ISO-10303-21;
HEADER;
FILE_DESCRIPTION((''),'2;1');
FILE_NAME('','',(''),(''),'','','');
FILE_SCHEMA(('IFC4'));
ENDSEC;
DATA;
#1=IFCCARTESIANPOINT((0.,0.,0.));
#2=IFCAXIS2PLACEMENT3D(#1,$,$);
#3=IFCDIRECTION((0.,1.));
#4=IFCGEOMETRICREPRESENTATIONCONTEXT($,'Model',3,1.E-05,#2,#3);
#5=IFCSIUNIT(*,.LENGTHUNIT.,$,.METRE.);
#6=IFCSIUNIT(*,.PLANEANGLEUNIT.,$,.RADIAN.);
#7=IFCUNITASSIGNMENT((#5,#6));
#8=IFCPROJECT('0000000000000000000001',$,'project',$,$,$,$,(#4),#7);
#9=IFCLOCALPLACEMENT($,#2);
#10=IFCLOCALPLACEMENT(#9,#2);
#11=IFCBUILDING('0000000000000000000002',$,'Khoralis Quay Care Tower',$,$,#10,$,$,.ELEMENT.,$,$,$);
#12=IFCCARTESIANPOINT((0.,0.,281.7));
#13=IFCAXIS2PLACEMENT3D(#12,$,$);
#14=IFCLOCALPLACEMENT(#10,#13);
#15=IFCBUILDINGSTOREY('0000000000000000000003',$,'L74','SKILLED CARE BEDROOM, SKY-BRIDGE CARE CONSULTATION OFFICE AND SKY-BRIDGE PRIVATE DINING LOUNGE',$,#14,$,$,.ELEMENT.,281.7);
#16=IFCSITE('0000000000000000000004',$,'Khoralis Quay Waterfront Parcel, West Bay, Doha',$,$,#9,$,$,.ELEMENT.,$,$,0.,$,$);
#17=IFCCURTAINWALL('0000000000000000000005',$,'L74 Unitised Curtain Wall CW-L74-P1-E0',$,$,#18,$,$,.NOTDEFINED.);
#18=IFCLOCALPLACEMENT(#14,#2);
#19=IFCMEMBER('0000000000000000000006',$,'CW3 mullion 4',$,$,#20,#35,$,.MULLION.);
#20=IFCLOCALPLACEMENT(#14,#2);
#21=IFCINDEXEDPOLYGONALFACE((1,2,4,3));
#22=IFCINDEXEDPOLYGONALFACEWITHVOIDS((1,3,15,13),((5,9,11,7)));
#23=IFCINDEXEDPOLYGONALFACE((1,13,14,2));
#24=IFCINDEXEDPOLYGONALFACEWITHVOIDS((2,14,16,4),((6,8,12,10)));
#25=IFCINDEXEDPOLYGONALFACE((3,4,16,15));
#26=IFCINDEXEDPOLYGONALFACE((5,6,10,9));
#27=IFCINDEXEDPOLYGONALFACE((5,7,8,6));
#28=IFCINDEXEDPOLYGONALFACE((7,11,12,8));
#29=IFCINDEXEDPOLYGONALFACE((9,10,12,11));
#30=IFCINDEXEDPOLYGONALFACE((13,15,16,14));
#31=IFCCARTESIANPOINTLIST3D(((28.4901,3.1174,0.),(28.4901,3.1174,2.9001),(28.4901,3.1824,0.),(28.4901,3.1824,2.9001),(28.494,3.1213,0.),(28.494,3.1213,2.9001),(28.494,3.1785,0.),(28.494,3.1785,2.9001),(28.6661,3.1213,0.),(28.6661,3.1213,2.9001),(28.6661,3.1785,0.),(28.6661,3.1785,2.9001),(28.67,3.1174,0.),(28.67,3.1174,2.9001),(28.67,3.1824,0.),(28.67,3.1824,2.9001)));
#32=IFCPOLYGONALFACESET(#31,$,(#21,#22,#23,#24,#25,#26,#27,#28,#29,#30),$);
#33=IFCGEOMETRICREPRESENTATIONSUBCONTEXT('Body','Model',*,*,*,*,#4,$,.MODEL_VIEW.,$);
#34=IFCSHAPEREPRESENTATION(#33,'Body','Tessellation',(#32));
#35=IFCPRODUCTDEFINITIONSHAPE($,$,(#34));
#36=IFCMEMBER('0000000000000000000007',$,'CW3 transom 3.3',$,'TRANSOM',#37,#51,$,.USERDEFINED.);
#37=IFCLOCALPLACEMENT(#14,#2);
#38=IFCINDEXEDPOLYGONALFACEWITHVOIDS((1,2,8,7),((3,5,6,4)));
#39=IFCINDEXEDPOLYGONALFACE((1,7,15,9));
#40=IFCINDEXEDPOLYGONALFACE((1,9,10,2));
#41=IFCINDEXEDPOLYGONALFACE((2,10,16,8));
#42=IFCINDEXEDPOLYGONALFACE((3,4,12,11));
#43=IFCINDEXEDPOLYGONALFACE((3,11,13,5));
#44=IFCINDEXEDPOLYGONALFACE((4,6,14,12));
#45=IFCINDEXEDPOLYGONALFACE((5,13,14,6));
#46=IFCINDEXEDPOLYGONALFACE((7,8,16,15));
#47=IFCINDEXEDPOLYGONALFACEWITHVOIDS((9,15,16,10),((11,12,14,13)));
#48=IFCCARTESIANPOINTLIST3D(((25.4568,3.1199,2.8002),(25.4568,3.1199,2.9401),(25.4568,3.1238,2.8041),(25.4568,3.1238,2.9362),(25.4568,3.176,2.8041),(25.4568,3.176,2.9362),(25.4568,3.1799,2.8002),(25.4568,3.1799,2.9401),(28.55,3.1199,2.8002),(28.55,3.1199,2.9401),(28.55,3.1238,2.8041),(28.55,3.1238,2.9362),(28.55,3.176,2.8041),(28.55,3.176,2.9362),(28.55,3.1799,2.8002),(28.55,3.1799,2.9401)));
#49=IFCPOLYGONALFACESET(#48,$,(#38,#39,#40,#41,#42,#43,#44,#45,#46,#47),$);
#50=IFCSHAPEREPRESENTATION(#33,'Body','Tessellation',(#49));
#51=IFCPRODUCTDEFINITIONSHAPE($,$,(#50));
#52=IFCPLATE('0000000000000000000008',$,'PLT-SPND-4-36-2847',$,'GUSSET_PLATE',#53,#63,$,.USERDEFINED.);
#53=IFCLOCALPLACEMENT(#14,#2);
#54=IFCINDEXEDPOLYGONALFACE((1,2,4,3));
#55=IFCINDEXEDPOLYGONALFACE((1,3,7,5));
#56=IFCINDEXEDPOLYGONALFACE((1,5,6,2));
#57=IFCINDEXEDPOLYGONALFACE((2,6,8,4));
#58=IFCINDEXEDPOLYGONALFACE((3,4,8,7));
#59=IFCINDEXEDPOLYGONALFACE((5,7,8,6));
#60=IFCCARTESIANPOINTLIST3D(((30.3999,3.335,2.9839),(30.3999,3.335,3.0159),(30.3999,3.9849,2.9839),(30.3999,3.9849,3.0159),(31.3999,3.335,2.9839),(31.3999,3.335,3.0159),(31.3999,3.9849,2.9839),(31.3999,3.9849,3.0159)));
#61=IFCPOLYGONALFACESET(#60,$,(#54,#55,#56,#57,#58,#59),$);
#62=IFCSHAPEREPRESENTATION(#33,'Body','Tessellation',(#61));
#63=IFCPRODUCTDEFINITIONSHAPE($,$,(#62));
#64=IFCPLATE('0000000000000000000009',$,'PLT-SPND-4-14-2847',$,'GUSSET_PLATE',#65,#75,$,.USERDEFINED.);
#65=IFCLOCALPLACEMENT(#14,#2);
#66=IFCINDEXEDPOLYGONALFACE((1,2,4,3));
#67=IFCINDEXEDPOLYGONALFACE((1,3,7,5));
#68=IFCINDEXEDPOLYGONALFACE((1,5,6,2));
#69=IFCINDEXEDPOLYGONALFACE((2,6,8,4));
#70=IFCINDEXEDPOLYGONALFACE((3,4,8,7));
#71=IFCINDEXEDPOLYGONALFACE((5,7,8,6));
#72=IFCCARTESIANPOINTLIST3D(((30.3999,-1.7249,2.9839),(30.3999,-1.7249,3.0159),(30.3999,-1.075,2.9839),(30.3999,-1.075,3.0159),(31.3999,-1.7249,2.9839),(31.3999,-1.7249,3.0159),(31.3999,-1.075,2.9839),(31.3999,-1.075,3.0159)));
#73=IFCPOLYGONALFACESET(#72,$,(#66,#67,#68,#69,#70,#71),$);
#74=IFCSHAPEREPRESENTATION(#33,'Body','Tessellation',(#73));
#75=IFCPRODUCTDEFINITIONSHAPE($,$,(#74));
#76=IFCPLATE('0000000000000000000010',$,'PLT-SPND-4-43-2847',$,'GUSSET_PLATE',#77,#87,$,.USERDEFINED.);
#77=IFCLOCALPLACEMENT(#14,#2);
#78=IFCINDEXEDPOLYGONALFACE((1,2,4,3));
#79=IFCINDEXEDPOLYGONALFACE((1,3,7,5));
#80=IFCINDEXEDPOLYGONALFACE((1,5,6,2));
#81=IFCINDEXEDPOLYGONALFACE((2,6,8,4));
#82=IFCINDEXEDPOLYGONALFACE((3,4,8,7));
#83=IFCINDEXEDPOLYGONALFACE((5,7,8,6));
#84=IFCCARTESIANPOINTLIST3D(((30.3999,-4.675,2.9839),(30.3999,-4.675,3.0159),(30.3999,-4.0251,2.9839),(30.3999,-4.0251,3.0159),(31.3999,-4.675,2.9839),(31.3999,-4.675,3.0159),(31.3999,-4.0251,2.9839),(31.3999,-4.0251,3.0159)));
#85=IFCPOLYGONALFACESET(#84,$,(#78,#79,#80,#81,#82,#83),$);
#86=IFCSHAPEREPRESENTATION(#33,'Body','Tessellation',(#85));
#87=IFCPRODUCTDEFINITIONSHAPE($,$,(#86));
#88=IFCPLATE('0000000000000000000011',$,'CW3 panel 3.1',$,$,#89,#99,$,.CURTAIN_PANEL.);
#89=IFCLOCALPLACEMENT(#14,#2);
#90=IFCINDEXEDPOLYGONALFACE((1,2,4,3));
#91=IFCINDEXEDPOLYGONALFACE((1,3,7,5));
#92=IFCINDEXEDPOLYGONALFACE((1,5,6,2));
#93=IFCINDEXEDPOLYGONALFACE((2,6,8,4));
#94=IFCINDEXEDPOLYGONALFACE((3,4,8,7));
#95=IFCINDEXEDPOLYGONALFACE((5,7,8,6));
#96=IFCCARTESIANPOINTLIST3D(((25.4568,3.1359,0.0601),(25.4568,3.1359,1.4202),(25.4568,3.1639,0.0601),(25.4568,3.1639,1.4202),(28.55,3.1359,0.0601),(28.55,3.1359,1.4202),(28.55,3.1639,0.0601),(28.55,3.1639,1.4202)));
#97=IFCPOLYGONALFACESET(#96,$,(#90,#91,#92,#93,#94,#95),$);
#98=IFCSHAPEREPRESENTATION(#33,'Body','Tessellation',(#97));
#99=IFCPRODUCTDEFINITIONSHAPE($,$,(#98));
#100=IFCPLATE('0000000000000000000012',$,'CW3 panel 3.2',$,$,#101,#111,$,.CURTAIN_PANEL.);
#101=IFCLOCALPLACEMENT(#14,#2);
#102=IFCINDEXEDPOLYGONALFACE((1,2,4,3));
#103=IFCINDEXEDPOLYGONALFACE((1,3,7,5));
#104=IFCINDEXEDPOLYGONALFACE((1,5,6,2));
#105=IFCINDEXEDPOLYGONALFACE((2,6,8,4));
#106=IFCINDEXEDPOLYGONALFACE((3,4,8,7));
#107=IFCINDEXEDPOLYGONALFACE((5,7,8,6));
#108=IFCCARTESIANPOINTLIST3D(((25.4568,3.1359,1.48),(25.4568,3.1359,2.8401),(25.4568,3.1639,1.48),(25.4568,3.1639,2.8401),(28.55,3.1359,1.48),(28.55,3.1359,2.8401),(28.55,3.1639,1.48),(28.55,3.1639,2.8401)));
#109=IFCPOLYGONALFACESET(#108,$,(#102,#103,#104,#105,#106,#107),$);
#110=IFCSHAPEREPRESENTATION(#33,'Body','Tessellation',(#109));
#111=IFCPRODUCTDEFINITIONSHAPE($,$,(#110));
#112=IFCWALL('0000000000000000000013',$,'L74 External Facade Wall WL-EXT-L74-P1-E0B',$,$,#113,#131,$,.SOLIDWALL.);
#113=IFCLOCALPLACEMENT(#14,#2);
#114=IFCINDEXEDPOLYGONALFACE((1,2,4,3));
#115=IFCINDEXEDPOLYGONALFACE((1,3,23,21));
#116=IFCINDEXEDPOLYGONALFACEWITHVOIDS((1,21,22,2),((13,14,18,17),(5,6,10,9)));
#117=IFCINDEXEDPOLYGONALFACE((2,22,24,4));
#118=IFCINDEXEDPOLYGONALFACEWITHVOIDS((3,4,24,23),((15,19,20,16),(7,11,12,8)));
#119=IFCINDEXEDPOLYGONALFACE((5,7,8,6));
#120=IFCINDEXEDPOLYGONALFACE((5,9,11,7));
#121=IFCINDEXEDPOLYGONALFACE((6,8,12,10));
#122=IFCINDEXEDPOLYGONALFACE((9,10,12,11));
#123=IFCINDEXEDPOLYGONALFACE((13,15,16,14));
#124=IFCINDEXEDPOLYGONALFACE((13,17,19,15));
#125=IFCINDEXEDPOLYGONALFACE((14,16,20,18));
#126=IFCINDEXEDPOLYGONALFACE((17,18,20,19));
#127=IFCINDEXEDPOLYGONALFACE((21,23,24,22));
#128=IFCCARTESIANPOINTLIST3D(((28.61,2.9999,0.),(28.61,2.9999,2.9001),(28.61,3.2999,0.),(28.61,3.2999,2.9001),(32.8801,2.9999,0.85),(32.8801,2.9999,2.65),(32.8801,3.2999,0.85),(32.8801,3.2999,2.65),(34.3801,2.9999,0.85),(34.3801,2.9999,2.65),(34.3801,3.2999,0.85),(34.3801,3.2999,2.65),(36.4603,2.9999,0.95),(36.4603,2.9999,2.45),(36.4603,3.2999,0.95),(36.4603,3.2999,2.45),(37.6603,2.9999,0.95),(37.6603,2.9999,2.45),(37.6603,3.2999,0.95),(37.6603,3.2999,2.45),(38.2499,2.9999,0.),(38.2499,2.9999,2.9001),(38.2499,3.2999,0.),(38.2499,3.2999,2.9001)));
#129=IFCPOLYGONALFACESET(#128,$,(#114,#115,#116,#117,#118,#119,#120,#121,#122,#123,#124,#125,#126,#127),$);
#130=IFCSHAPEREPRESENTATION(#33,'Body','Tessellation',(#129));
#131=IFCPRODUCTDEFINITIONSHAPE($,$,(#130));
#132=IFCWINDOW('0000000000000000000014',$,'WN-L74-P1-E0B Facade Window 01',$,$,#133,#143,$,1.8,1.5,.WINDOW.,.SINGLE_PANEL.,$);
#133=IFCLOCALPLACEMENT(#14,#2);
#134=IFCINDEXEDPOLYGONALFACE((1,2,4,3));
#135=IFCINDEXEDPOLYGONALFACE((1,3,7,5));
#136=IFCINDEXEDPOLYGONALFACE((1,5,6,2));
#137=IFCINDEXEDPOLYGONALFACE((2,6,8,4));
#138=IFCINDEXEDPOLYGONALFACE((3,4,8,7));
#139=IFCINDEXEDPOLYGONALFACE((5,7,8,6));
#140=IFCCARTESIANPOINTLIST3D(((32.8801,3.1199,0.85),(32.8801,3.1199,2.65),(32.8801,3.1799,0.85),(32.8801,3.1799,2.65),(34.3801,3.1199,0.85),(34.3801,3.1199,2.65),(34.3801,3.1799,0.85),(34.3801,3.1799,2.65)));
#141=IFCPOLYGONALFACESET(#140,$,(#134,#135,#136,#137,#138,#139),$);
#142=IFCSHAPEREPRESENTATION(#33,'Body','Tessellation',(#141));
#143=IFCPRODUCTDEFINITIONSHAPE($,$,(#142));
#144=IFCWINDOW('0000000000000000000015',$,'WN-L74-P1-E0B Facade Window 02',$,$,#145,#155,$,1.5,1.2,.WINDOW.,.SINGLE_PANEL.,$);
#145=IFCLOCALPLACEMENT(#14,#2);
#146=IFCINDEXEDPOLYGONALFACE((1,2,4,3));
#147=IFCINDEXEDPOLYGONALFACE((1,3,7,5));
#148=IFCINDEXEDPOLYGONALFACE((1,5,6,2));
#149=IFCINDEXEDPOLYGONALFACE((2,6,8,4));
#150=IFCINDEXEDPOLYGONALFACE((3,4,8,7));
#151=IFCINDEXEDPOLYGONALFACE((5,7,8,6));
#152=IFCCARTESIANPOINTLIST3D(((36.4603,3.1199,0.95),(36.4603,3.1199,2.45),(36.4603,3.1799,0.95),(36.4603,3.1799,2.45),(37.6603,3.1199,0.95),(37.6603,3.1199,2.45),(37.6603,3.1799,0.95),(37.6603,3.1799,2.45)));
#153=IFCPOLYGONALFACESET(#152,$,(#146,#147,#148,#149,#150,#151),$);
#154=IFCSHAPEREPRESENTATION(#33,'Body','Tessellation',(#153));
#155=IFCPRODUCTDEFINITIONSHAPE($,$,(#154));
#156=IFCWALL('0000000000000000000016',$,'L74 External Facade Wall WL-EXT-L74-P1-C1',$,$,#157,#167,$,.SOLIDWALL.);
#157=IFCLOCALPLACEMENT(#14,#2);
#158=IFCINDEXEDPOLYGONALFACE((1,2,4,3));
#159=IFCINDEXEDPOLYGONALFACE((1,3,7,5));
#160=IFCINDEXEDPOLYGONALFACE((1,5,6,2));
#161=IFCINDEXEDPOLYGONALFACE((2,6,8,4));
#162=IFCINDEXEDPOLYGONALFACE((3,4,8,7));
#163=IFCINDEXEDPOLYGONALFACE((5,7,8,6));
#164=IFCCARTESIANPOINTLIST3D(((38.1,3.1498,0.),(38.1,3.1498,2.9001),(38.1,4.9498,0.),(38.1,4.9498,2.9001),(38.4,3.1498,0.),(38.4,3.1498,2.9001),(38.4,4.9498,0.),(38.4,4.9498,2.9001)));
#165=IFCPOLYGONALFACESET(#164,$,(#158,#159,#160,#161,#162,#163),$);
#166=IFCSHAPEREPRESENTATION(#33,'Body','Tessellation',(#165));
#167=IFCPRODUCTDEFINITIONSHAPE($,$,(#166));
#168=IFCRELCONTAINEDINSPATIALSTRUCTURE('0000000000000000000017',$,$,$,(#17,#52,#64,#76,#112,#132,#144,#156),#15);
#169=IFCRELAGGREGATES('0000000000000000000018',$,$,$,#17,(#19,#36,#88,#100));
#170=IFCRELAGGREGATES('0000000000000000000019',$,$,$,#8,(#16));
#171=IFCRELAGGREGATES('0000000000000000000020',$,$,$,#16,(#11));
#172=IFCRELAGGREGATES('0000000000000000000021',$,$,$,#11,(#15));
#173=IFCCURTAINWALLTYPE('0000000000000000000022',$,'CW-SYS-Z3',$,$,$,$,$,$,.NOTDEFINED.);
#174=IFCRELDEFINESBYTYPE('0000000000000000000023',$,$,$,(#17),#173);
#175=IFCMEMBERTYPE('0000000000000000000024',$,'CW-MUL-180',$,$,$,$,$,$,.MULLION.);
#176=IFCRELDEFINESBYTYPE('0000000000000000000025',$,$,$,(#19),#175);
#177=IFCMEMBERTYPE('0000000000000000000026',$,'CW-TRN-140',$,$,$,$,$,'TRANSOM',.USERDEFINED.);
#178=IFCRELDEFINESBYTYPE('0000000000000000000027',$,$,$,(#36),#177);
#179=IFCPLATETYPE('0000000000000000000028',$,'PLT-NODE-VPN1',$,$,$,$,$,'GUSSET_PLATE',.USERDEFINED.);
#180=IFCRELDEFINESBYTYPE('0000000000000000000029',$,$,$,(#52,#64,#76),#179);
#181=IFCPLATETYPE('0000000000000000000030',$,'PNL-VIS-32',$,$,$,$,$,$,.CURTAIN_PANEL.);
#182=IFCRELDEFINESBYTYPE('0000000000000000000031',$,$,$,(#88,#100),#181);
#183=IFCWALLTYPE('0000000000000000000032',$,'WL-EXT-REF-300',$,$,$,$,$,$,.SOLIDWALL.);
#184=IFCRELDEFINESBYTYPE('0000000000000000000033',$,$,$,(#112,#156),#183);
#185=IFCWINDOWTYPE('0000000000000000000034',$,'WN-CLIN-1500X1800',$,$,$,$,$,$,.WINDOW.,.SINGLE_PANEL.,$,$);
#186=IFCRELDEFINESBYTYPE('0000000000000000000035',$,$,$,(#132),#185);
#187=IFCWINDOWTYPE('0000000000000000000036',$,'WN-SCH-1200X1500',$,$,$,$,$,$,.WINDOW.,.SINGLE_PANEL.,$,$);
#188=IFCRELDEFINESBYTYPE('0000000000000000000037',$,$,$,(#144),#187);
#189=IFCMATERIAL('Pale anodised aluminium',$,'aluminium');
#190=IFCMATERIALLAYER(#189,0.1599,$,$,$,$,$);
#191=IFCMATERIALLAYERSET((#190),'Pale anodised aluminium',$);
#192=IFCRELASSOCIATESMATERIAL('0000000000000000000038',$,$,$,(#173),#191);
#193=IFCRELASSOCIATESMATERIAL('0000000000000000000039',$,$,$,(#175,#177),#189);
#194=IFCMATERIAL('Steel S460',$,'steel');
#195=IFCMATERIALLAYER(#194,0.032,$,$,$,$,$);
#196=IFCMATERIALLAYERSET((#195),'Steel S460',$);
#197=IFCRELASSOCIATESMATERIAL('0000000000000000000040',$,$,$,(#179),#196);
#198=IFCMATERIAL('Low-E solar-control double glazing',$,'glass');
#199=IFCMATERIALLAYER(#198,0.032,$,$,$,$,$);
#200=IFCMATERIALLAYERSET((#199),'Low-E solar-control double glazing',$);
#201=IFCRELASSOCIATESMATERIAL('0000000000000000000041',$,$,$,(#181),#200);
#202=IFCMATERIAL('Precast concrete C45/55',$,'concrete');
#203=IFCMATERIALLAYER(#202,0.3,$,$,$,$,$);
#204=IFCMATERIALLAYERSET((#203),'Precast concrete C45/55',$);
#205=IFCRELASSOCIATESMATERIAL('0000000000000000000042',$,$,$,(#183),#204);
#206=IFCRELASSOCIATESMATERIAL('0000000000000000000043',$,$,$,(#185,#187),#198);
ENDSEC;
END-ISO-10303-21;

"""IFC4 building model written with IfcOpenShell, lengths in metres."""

from ifc_helpers import new_model, si_unit, direction, frame, frame_2d, origin, origin_2d, place, context, subcontext, project, spatial, rectangle, hollow_rectangle, extrude, source, transform, mapped, material, layer, layer_set, material_profile, profile_set, type_object, element, fill, aggregate, save


model = new_model("IFC4")

# Units and contexts
model_context = context("Model", 3, precision=1e-05, world=origin(), true_north=direction((0.0, 1.0)))
body_context = subcontext(model_context, "Body", "Model", "MODEL_VIEW")
ifc_project = project(units=[si_unit("LENGTHUNIT", "METRE"), si_unit("PLANEANGLEUNIT", "RADIAN")], contexts=[model_context])

# Site, building, storey
site_placement = place(None, origin())
site = spatial("IfcSite", under=ifc_project, at=site_placement, Name="Khoralis Quay Waterfront Parcel, West Bay, Doha", CompositionType="ELEMENT", RefElevation=0.0)
building_placement = place(site_placement, origin())
building = spatial("IfcBuilding", under=site, at=building_placement, Name="Khoralis Quay Care Tower", CompositionType="ELEMENT")
storey_placement = place(building_placement, frame((0.0, 0.0, 281.7)))
storey = spatial("IfcBuildingStorey", under=building, at=storey_placement, Name="L74", Description="SKILLED CARE BEDROOM, SKY-BRIDGE CARE CONSULTATION OFFICE AND SKY-BRIDGE PRIVATE DINING LOUNGE", CompositionType="ELEMENT", Elevation=281.7)

# Shared definitions
ifc_material_1 = material(Name="Steel S460", Category="steel")

# Curtain wall, members
ifc_material_2 = material(Name="Pale anodised aluminium", Category="aluminium")
ifc_layer_1 = layer(ifc_material_2, 0.1599)
ifc_layer_set_1 = layer_set([ifc_layer_1], Name="Pale anodised aluminium")
curtain_wall_type = type_object("IfcCurtainWallType", Name="CW-SYS-Z3", PredefinedType="NOTDEFINED", material=ifc_layer_set_1)
curtain_wall_placement = place(storey_placement, origin())
curtain_wall = element("IfcCurtainWall", 1, at=curtain_wall_placement, inside=storey, type_object=curtain_wall_type, Name="L74 Unitised Curtain Wall CW-L74-P1-E0", PredefinedType="NOTDEFINED")
ifc_material_profile_1 = material_profile(ifc_material_2, hollow_rectangle(XDim=0.0649, YDim=0.1799, WallThickness=0.0039, at=origin_2d()), Name="Pale anodised aluminium")
ifc_profile_set_1 = profile_set([ifc_material_profile_1], Name="Pale anodised aluminium")
member_type_1 = type_object("IfcMemberType", Name="CW-MUL-180", PredefinedType="MULLION", material=ifc_profile_set_1)
shared_shape_1 = source(origin(), body_context, "Body", "SweptSolid", [
    extrude(hollow_rectangle(XDim=0.0649, YDim=0.1799, WallThickness=0.0039, at=origin_2d()), origin(), (0.0, 0.0, 1.0), 2.9001),
])
member_1_placement = place(storey_placement, frame((28.5801, 3.1499, 0.0), z_axis=(0.0, 0.0, 1.0), x_axis=(0.0, 1.0, 0.0)))
member_1 = element("IfcMember", 2, at=member_1_placement, type_object=member_type_1, Name="CW3 mullion 4", PredefinedType="MULLION", context=body_context, shape_type="MappedRepresentation", body=[
    mapped(shared_shape_1, transform((0.0, 0.0, 0.0), scale=1.0)),
])
ifc_material_profile_2 = material_profile(ifc_material_2, hollow_rectangle(XDim=0.0601, YDim=0.1399, WallThickness=0.0039, at=origin_2d()), Name="Pale anodised aluminium")
ifc_profile_set_2 = profile_set([ifc_material_profile_2], Name="Pale anodised aluminium")
member_type_2 = type_object("IfcMemberType", Name="CW-TRN-140", ElementType="TRANSOM", PredefinedType="USERDEFINED", material=ifc_profile_set_2)
shared_shape_2 = source(origin(), body_context, "Body", "SweptSolid", [
    extrude(hollow_rectangle(XDim=0.0601, YDim=0.1399, WallThickness=0.0039, at=origin_2d()), origin(), (0.0, 0.0, 1.0), 3.0933),
])
member_2_placement = place(storey_placement, frame((25.4568, 3.1499, 2.8701), z_axis=(1.0, 0.0, 0.0), x_axis=(0.0, 1.0, 0.0)))
member_2 = element("IfcMember", 3, at=member_2_placement, type_object=member_type_2, Name="CW3 transom 3.3", ObjectType="TRANSOM", PredefinedType="USERDEFINED", context=body_context, shape_type="MappedRepresentation", body=[
    mapped(shared_shape_2, transform((0.0, 0.0, 0.0), scale=1.0)),
])

# Plates
ifc_layer_2 = layer(ifc_material_1, 0.032)
ifc_layer_set_2 = layer_set([ifc_layer_2], Name="Steel S460")
plate_type_1 = type_object("IfcPlateType", Name="PLT-NODE-VPN1", ElementType="GUSSET_PLATE", PredefinedType="USERDEFINED", material=ifc_layer_set_2)
shared_shape_3 = source(origin(), body_context, "Body", "SweptSolid", [
    extrude(rectangle(XDim=1.0, YDim=0.6499, at=origin_2d()), origin(), (0.0, 0.0, 1.0), 0.032),
])
for number, where, z_axis, x_axis, name in (
    (4, (30.8999, 3.6599, 2.9839), (0.0, 0.0, 1.0), (1.0, 0.0, 0.0), "PLT-SPND-4-36-2847"),
    (5, (30.8999, -1.3999, 2.9839), (0.0, 0.0, 1.0), (1.0, 0.0, 0.0), "PLT-SPND-4-14-2847"),
    (6, (30.8999, -4.3501, 2.9839), (0.0, 0.0, 1.0), (1.0, 0.0, 0.0), "PLT-SPND-4-43-2847"),
):
    element("IfcPlate", number, at=place(storey_placement, frame(where, z_axis=z_axis, x_axis=x_axis)), inside=storey, type_object=plate_type_1, Name=name, ObjectType="GUSSET_PLATE", PredefinedType="USERDEFINED", context=body_context, shape_type="MappedRepresentation", body=[
        mapped(shared_shape_3, transform((0.0, 0.0, 0.0), scale=1.0)),
    ])

# Plates
ifc_material_3 = material(Name="Low-E solar-control double glazing", Category="glass")
ifc_layer_3 = layer(ifc_material_3, 0.032)
ifc_layer_set_3 = layer_set([ifc_layer_3], Name="Low-E solar-control double glazing")
plate_type_2 = type_object("IfcPlateType", Name="PNL-VIS-32", PredefinedType="CURTAIN_PANEL", material=ifc_layer_set_3)
shared_shape_4 = source(origin(), body_context, "Body", "SweptSolid", [
    extrude(rectangle(XDim=3.0933, YDim=0.0281, at=origin_2d()), origin(), (0.0, 0.0, 1.0), 1.3601),
])
plate_1_placement = place(storey_placement, frame((27.0034, 3.1499, 0.0601), z_axis=(0.0, 0.0, 1.0), x_axis=(1.0, 0.0, 0.0)))
plate_1 = element("IfcPlate", 7, at=plate_1_placement, type_object=plate_type_2, Name="CW3 panel 3.1", PredefinedType="CURTAIN_PANEL", context=body_context, shape_type="MappedRepresentation", body=[
    mapped(shared_shape_4, transform((0.0, 0.0, 0.0), scale=1.0)),
])
plate_2_placement = place(storey_placement, frame((27.0034, 3.1499, 1.48), z_axis=(0.0, 0.0, 1.0), x_axis=(1.0, 0.0, 0.0)))
plate_2 = element("IfcPlate", 8, at=plate_2_placement, type_object=plate_type_2, Name="CW3 panel 3.2", PredefinedType="CURTAIN_PANEL", context=body_context, shape_type="MappedRepresentation", body=[
    mapped(shared_shape_4, transform((0.0, 0.0, 0.0), scale=1.0)),
])
aggregate(curtain_wall, [member_1, member_2, plate_1, plate_2])

# Wall, openings, windows
ifc_material_4 = material(Name="Precast concrete C45/55", Category="concrete")
ifc_layer_4 = layer(ifc_material_4, 0.3)
ifc_layer_set_4 = layer_set([ifc_layer_4], Name="Precast concrete C45/55")
wall_type_1 = type_object("IfcWallType", Name="WL-EXT-REF-300", PredefinedType="SOLIDWALL", material=ifc_layer_set_4)
wall_1_placement = place(storey_placement, frame((28.6101, 3.1499, 0.0), z_axis=(0.0, 0.0, 1.0), x_axis=(1.0, 0.0, 0.0)))
wall_1 = element("IfcWall", 9, at=wall_1_placement, inside=storey, type_object=wall_type_1, Name="L74 External Facade Wall WL-EXT-L74-P1-E0B", PredefinedType="SOLIDWALL", context=body_context, shape_type="SweptSolid", body=[
    extrude(rectangle(XDim=9.6399, YDim=0.3, at=frame_2d((4.8198, 0.0))), origin(), (0.0, 0.0, 1.0), 2.9001),
])
opening_1_placement = place(wall_1_placement, frame((4.27, 0.0, 0.8501)))
opening_1 = element("IfcOpeningElement", 10, at=opening_1_placement, cuts=wall_1, PredefinedType="OPENING", context=body_context, shape_type="SweptSolid", body=[
    extrude(rectangle(XDim=1.5, YDim=1.8, at=frame_2d((0.75, 0.8999))), frame((0.0, 0.1602, 0.0), z_axis=(0.0, -1.0, 0.0), x_axis=(1.0, 0.0, 0.0)), (0.0, 0.0, 1.0), 0.3201),
])
opening_2_placement = place(wall_1_placement, frame((7.8501, 0.0, 0.95)))
opening_2 = element("IfcOpeningElement", 11, at=opening_2_placement, cuts=wall_1, PredefinedType="OPENING", context=body_context, shape_type="SweptSolid", body=[
    extrude(rectangle(XDim=1.2, YDim=1.5, at=frame_2d((0.6001, 0.75))), frame((0.0, 0.1602, 0.0), z_axis=(0.0, -1.0, 0.0), x_axis=(1.0, 0.0, 0.0)), (0.0, 0.0, 1.0), 0.3201),
])
window_type_1 = type_object("IfcWindowType", Name="WN-CLIN-1500X1800", PartitioningType="SINGLE_PANEL", PredefinedType="WINDOW", material=ifc_material_3)
shared_shape_5 = source(origin(), body_context, "Body", "SweptSolid", [
    extrude(rectangle(XDim=1.5, YDim=1.8, at=frame_2d((0.75, 0.8999))), frame((0.0, 0.03, 0.0), z_axis=(0.0, -1.0, 0.0), x_axis=(1.0, 0.0, 0.0)), (0.0, 0.0, 1.0), 0.0601),
])
window_1_placement = place(opening_1_placement, origin())
window_1 = element("IfcWindow", 12, at=window_1_placement, inside=storey, type_object=window_type_1, Name="WN-L74-P1-E0B Facade Window 01", OverallHeight=1.8, OverallWidth=1.5, PartitioningType="SINGLE_PANEL", PredefinedType="WINDOW", context=body_context, shape_type="MappedRepresentation", body=[
    mapped(shared_shape_5, transform((0.0, 0.0, 0.0), scale=1.0)),
])
fill(opening_1, window_1)
window_type_2 = type_object("IfcWindowType", Name="WN-SCH-1200X1500", PartitioningType="SINGLE_PANEL", PredefinedType="WINDOW", material=ifc_material_3)
shared_shape_6 = source(origin(), body_context, "Body", "SweptSolid", [
    extrude(rectangle(XDim=1.2, YDim=1.5, at=frame_2d((0.6001, 0.75))), frame((0.0, 0.03, 0.0), z_axis=(0.0, -1.0, 0.0), x_axis=(1.0, 0.0, 0.0)), (0.0, 0.0, 1.0), 0.0601),
])
window_2_placement = place(opening_2_placement, origin())
window_2 = element("IfcWindow", 13, at=window_2_placement, inside=storey, type_object=window_type_2, Name="WN-L74-P1-E0B Facade Window 02", OverallHeight=1.5, OverallWidth=1.2, PartitioningType="SINGLE_PANEL", PredefinedType="WINDOW", context=body_context, shape_type="MappedRepresentation", body=[
    mapped(shared_shape_6, transform((0.0, 0.0, 0.0), scale=1.0)),
])
fill(opening_2, window_2)

# Wall
wall_2_placement = place(storey_placement, frame((38.25, 3.1499, 0.0), z_axis=(0.0, 0.0, 1.0), x_axis=(0.0, 1.0, 0.0)))
element("IfcWall", 14, at=wall_2_placement, inside=storey, type_object=wall_type_1, Name="L74 External Facade Wall WL-EXT-L74-P1-C1", PredefinedType="SOLIDWALL", context=body_context, shape_type="SweptSolid", body=[
    extrude(rectangle(XDim=1.8, YDim=0.3, at=frame_2d((0.8999, 0.0))), origin(), (0.0, 0.0, 1.0), 2.9001),
])

save(model, "model.ifc")
